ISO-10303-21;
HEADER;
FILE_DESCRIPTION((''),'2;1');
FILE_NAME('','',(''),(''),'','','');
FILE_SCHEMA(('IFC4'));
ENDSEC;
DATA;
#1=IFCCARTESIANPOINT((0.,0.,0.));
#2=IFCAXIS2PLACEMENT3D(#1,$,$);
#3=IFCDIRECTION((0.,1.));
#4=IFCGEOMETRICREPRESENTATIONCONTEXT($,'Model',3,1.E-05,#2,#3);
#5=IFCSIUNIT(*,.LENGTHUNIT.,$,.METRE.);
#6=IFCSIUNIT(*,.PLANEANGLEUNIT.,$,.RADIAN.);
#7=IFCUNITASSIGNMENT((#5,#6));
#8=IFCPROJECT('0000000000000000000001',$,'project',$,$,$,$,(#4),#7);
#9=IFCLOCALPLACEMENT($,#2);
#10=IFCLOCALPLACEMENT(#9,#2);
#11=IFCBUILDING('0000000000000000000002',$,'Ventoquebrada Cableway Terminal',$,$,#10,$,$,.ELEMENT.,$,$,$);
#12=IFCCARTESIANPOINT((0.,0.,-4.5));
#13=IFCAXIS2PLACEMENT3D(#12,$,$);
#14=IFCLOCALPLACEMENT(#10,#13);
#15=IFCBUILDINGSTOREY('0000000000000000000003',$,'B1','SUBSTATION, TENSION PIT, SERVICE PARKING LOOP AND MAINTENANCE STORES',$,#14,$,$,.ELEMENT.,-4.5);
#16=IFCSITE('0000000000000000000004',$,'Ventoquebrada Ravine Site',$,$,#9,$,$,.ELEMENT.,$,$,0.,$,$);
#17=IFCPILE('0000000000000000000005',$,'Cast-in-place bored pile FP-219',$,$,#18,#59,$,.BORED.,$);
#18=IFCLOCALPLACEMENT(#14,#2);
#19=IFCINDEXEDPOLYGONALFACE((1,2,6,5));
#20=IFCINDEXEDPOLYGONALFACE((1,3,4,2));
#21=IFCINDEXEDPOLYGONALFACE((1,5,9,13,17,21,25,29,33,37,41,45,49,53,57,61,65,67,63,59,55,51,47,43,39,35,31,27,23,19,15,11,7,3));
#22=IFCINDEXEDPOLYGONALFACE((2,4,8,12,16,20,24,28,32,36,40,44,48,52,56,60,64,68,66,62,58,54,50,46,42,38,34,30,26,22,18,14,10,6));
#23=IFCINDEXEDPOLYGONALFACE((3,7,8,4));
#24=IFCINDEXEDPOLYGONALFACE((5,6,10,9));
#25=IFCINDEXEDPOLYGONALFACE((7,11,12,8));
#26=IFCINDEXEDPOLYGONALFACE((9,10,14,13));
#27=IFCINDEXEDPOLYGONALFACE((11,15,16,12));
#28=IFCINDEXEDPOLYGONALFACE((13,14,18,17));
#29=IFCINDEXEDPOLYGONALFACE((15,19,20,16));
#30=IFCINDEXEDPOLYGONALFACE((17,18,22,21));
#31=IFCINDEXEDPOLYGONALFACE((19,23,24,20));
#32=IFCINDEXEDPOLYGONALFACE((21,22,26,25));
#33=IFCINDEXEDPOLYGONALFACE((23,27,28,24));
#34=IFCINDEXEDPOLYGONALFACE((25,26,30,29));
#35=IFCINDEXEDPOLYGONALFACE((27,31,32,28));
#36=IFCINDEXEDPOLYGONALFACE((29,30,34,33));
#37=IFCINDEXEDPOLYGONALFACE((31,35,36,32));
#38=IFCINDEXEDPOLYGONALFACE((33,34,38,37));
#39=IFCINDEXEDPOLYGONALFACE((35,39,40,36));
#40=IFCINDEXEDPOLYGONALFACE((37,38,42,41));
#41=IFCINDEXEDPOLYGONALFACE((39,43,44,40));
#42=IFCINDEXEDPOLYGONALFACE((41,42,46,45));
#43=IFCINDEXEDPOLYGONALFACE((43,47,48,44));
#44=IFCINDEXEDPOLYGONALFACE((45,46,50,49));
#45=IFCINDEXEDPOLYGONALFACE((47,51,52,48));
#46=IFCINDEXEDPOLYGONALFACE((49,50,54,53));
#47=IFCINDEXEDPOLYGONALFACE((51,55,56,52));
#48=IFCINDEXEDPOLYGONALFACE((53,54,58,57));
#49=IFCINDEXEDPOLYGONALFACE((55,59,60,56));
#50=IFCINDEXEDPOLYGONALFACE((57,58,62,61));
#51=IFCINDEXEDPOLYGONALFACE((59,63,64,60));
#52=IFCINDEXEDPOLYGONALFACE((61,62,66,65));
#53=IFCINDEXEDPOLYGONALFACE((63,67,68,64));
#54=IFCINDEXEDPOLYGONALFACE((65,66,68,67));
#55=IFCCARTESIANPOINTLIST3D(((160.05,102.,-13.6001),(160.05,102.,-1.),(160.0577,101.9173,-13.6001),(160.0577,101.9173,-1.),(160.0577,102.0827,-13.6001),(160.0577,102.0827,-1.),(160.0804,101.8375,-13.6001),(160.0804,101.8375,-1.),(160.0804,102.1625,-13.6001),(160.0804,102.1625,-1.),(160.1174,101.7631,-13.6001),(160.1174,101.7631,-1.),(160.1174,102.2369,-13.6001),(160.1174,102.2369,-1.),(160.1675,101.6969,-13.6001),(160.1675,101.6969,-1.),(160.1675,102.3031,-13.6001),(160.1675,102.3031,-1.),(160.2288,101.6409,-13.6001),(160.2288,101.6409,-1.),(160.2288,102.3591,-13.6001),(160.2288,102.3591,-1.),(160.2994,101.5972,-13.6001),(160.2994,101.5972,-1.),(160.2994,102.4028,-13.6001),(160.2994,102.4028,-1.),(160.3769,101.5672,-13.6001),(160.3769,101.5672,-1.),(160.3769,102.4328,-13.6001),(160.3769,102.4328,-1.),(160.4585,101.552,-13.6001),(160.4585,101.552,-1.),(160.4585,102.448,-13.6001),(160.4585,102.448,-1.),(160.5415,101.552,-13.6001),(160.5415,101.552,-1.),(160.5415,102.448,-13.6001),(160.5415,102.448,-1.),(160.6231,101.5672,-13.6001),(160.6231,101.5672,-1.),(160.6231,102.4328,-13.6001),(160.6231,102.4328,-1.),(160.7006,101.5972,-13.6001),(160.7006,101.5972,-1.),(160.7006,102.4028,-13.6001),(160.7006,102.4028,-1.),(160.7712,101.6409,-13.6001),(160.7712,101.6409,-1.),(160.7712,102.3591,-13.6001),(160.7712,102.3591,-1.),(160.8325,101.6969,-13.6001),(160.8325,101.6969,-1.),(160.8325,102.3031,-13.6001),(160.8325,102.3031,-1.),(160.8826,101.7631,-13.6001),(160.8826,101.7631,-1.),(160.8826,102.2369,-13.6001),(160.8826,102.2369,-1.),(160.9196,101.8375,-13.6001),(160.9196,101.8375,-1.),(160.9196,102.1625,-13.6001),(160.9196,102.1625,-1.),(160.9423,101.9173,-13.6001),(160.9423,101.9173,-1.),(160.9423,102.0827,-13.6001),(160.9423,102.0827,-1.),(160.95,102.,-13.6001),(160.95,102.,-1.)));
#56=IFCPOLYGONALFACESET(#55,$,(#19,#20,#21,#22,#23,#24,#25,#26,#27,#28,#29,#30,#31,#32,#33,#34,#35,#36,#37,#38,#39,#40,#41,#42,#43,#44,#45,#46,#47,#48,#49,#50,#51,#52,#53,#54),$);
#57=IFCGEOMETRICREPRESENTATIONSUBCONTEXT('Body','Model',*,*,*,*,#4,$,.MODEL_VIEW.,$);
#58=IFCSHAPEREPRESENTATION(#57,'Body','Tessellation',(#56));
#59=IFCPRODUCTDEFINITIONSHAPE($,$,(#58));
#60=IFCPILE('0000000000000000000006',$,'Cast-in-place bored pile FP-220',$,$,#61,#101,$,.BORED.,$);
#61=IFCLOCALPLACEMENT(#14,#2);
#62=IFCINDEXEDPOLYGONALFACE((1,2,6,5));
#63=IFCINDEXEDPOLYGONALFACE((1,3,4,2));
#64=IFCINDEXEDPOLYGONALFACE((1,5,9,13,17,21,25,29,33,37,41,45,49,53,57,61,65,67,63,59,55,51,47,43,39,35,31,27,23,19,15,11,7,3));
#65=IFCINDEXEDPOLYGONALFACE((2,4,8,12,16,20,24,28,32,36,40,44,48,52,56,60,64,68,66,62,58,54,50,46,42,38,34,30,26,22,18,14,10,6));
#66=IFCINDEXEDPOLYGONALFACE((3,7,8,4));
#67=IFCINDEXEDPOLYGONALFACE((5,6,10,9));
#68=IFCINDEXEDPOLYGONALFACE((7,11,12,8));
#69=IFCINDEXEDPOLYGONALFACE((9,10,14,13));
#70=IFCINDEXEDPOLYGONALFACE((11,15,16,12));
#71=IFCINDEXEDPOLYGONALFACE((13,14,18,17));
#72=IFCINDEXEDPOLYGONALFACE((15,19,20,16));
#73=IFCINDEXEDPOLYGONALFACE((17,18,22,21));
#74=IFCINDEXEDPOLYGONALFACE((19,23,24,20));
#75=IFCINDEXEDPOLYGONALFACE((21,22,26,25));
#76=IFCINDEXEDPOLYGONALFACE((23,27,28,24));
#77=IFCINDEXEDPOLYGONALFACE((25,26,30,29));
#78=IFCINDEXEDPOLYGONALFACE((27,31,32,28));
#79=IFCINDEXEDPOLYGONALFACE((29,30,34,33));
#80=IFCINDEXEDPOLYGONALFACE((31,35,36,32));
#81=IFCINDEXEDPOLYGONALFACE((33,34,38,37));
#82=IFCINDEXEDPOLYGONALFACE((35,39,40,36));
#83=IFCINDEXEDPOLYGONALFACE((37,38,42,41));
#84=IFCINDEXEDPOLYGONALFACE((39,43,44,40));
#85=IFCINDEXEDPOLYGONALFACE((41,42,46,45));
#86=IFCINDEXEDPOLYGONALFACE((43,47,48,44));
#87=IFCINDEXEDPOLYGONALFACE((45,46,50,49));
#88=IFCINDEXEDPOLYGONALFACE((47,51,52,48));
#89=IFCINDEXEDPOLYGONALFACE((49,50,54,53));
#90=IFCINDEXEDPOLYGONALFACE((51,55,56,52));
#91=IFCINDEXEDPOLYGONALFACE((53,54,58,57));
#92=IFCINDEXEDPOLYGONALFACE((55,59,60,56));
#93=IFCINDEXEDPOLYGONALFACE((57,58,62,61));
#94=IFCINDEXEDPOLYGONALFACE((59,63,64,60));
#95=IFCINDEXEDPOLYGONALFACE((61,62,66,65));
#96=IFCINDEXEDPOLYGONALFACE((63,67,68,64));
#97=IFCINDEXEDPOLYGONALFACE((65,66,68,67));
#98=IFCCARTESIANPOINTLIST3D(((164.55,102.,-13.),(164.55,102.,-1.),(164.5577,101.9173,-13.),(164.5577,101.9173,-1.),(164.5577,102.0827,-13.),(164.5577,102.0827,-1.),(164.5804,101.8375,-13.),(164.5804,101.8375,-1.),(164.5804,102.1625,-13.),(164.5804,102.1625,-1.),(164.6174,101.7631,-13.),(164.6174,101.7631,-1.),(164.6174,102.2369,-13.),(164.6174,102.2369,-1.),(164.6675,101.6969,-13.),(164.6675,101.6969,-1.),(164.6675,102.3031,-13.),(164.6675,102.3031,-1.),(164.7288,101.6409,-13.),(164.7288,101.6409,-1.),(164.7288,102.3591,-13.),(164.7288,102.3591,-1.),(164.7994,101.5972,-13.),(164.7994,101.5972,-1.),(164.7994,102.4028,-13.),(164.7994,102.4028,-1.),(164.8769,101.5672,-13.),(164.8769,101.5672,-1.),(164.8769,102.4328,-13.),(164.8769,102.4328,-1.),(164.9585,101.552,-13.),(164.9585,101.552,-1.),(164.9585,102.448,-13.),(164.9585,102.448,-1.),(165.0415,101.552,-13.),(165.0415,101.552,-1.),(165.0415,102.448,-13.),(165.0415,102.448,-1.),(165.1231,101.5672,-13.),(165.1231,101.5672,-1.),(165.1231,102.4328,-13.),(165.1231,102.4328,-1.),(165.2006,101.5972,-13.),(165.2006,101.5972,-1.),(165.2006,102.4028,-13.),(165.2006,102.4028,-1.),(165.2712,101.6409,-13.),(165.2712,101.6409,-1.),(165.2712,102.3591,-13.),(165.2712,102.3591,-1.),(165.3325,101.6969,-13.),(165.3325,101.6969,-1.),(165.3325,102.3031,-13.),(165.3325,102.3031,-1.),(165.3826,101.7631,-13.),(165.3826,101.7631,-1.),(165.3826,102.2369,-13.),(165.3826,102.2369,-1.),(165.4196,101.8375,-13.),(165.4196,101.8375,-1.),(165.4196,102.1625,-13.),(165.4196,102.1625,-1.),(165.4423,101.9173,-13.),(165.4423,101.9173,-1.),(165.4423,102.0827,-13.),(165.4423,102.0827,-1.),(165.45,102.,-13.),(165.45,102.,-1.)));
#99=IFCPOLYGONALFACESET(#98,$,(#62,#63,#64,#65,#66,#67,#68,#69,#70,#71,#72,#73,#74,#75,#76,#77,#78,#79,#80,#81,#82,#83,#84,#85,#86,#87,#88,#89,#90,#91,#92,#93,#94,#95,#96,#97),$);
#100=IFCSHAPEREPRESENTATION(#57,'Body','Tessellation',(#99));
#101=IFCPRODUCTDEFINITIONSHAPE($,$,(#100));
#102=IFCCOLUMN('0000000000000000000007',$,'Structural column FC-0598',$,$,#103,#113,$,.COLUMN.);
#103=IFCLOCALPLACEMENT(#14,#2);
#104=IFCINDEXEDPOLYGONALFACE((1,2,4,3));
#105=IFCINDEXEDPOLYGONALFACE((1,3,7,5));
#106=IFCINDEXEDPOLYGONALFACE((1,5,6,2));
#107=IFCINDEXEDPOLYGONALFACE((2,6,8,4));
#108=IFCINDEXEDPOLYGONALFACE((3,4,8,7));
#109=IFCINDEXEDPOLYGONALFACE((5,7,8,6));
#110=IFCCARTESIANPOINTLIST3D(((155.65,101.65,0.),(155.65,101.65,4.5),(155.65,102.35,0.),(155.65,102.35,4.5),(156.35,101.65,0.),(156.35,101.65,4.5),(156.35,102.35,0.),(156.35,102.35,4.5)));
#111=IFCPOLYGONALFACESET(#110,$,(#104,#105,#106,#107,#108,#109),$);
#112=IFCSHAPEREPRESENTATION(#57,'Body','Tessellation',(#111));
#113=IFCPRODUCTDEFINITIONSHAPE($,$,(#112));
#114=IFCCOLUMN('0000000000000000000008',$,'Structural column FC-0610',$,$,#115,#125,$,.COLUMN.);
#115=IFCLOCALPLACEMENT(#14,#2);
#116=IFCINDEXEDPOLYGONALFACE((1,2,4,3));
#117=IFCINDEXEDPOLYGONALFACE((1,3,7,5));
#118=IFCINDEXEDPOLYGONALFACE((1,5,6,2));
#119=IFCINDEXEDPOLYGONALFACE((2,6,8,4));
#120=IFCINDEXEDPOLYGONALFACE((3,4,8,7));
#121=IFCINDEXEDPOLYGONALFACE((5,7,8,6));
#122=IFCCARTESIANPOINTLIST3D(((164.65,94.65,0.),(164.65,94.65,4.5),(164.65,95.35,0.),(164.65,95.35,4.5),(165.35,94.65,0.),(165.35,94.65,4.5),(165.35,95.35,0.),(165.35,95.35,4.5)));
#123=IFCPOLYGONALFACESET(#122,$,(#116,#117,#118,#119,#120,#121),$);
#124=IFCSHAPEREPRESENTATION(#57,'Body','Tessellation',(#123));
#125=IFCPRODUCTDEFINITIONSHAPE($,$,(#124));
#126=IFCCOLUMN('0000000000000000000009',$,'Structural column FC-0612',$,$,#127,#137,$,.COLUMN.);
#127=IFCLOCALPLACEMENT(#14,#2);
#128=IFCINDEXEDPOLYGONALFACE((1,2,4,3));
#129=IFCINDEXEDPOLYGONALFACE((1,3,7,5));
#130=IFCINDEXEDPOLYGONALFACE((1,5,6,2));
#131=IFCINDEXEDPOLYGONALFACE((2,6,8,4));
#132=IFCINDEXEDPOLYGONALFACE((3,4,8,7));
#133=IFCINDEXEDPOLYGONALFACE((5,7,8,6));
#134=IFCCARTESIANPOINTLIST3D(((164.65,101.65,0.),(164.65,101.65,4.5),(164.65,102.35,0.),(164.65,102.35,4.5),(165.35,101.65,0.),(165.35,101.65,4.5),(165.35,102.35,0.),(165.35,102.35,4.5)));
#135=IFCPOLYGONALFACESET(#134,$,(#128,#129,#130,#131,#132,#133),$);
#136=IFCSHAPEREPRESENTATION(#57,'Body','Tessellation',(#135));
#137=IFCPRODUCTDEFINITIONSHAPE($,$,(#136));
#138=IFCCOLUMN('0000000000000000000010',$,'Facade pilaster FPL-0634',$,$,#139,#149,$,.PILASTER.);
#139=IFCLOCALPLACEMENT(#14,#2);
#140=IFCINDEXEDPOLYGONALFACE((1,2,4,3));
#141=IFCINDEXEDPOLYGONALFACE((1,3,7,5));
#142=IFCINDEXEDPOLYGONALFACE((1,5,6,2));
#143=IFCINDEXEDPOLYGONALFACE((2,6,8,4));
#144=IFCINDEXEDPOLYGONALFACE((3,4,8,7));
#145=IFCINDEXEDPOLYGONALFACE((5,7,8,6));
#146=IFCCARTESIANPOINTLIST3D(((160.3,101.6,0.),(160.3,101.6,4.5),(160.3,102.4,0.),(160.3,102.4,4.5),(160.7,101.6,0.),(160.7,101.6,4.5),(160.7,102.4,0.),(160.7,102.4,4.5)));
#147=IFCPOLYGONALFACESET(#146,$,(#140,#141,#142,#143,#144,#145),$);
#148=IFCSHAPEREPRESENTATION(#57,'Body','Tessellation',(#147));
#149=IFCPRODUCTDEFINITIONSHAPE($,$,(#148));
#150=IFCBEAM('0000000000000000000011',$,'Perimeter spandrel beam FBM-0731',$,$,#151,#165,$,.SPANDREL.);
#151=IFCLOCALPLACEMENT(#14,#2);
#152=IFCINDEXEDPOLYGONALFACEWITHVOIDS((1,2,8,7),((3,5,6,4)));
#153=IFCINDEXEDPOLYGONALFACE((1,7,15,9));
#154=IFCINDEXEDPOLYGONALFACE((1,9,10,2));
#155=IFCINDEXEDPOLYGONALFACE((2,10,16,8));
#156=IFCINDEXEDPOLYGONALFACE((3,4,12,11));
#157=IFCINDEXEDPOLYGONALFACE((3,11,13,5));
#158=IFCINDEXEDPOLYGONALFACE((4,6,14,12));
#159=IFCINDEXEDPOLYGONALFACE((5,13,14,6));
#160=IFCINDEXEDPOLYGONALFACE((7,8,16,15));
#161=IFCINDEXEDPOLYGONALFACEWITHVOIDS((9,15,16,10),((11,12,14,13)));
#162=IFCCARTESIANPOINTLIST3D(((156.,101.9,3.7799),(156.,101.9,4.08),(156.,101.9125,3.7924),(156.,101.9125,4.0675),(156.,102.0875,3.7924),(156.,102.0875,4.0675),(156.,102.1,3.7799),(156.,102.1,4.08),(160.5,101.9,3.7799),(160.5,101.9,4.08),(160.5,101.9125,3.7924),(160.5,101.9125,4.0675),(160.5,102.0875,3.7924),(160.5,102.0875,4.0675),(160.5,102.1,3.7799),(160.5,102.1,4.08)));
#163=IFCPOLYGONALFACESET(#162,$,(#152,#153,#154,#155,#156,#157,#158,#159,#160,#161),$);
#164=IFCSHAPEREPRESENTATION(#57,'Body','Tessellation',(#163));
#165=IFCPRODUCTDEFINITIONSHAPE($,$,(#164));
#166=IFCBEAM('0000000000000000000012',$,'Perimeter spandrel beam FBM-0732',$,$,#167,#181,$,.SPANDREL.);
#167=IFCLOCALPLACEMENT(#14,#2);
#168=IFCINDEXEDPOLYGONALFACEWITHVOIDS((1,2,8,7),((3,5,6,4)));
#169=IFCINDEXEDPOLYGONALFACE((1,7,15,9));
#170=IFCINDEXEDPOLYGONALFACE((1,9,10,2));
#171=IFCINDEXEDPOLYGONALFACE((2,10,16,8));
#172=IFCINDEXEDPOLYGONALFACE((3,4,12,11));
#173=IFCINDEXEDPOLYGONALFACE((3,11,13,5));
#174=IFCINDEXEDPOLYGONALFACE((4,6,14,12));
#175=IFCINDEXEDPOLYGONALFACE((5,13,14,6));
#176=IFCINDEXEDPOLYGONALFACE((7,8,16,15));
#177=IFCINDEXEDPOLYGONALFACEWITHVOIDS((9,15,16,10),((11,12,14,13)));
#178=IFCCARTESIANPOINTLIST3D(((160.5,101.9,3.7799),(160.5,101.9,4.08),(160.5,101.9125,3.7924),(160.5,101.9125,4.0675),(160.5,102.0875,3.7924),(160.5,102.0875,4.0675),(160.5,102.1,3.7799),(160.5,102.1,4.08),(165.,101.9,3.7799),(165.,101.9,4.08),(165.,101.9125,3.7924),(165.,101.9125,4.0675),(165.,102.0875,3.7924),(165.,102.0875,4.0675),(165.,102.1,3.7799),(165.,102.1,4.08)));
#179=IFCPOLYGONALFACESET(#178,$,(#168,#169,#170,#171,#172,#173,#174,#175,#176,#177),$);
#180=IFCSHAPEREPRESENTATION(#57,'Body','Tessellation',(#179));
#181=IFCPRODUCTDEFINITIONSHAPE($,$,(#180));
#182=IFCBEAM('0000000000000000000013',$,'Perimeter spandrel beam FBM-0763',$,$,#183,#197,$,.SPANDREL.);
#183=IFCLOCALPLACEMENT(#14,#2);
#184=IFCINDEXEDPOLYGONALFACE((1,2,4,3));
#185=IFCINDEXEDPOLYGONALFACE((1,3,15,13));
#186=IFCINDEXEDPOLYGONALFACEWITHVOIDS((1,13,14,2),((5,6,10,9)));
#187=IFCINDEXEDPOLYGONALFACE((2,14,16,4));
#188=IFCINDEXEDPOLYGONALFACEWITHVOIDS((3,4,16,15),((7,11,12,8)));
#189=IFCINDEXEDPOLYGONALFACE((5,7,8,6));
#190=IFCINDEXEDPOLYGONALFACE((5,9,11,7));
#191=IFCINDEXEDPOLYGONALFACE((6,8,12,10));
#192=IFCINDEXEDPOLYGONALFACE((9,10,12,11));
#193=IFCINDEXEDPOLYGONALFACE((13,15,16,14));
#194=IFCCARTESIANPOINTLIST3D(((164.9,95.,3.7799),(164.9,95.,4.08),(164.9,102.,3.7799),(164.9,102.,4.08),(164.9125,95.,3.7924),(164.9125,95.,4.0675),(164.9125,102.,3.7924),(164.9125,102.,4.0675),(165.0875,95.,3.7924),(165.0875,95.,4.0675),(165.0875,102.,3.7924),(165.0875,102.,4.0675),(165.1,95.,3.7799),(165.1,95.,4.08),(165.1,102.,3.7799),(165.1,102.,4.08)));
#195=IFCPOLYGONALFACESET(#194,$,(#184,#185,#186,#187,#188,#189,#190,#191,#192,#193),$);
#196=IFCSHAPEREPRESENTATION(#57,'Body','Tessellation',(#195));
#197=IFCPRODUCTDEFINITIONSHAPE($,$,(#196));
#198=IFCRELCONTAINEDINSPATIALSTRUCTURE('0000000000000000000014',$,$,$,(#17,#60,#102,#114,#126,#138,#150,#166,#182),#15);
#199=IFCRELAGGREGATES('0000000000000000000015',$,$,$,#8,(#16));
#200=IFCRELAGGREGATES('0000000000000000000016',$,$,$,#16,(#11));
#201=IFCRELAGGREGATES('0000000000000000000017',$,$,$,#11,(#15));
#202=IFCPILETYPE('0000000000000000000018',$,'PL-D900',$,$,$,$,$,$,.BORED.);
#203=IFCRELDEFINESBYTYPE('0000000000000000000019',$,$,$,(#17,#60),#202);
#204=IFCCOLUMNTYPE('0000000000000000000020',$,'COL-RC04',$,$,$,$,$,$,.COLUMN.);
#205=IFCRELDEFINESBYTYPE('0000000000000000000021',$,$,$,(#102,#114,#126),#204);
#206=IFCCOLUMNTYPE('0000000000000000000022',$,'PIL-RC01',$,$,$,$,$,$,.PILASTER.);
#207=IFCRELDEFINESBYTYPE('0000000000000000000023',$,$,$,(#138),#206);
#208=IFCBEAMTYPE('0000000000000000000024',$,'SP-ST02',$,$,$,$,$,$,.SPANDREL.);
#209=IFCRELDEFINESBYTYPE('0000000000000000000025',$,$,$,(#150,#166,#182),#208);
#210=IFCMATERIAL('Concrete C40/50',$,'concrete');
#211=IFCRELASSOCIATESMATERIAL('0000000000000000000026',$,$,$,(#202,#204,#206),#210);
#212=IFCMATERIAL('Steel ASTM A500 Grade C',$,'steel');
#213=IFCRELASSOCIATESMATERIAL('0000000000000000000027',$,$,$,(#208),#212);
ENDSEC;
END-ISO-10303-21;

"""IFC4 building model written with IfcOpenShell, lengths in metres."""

from ifc_helpers import new_model, si_unit, direction, frame, origin, origin_2d, place, context, subcontext, project, spatial, rectangle, hollow_rectangle, circle, extrude, material, material_profile, profile_set, type_object, element, save


model = new_model("IFC4")

# Units and contexts
model_context = context("Model", 3, precision=1e-05, world=origin(), true_north=direction((0.0, 1.0)))
body_context = subcontext(model_context, "Body", "Model", "MODEL_VIEW")
ifc_project = project(units=[si_unit("LENGTHUNIT", "METRE"), si_unit("PLANEANGLEUNIT", "RADIAN")], contexts=[model_context])

# Site, building, storey
site_placement = place(None, origin())
site = spatial("IfcSite", under=ifc_project, at=site_placement, Name="Ventoquebrada Ravine Site", CompositionType="ELEMENT", RefElevation=0.0)
building_placement = place(site_placement, origin())
building = spatial("IfcBuilding", under=site, at=building_placement, Name="Ventoquebrada Cableway Terminal", CompositionType="ELEMENT")
storey_placement = place(building_placement, frame((0.0, 0.0, -4.5)))
storey = spatial("IfcBuildingStorey", under=building, at=storey_placement, Name="B1", Description="SUBSTATION, TENSION PIT, SERVICE PARKING LOOP AND MAINTENANCE STORES", CompositionType="ELEMENT", Elevation=-4.5)

# Shared definitions
ifc_material_1 = material(Name="Concrete C40/50", Category="concrete")

# Piles
ifc_material_profile_1 = material_profile(ifc_material_1, circle(Radius=0.45, at=origin_2d()), Name="PILE-D900")
ifc_profile_set_1 = profile_set([ifc_material_profile_1], Name="Concrete C40/50")
pile_type = type_object("IfcPileType", Name="PL-D900", PredefinedType="BORED", material=ifc_profile_set_1)
pile_1_placement = place(storey_placement, frame((160.5, 102.0, -1.0), z_axis=(0.0, 0.0, -1.0), x_axis=(1.0, 0.0, 0.0)))
element("IfcPile", 1, at=pile_1_placement, inside=storey, type_object=pile_type, Name="Cast-in-place bored pile FP-219", PredefinedType="BORED", context=body_context, shape_type="SweptSolid", body=[
    extrude(circle(Radius=0.45, at=origin_2d()), origin(), (0.0, 0.0, 1.0), 12.6001),
])
pile_2_placement = place(storey_placement, frame((165.0, 102.0, -1.0), z_axis=(0.0, 0.0, -1.0), x_axis=(1.0, 0.0, 0.0)))
element("IfcPile", 2, at=pile_2_placement, inside=storey, type_object=pile_type, Name="Cast-in-place bored pile FP-220", PredefinedType="BORED", context=body_context, shape_type="SweptSolid", body=[
    extrude(circle(Radius=0.45, at=origin_2d()), origin(), (0.0, 0.0, 1.0), 12.0),
])

# Columns
ifc_material_profile_2 = material_profile(ifc_material_1, rectangle(XDim=0.7, YDim=0.7, at=origin_2d()), Name="RC-COL-700X700")
ifc_profile_set_2 = profile_set([ifc_material_profile_2], Name="Concrete C40/50")
column_type_1 = type_object("IfcColumnType", Name="COL-RC04", PredefinedType="COLUMN", material=ifc_profile_set_2)
for number, where, z_axis, x_axis, name in (
    (3, (156.0, 102.0, 0.0), (0.0, 0.0, 1.0), (1.0, 0.0, 0.0), "Structural column FC-0598"),
    (4, (165.0, 95.0, 0.0), (0.0, 0.0, 1.0), (1.0, 0.0, 0.0), "Structural column FC-0610"),
    (5, (165.0, 102.0, 0.0), (0.0, 0.0, 1.0), (1.0, 0.0, 0.0), "Structural column FC-0612"),
):
    element("IfcColumn", number, at=place(storey_placement, frame(where, z_axis=z_axis, x_axis=x_axis)), inside=storey, type_object=column_type_1, Name=name, PredefinedType="COLUMN", context=body_context, shape_type="SweptSolid", body=[
        extrude(rectangle(XDim=0.7, YDim=0.7, at=origin_2d()), origin(), (0.0, 0.0, 1.0), 4.5),
    ])
ifc_material_profile_3 = material_profile(ifc_material_1, rectangle(XDim=0.3999, YDim=0.8, at=origin_2d()), Name="RC-PIL-400X800")
ifc_profile_set_3 = profile_set([ifc_material_profile_3], Name="Concrete C40/50")
column_type_2 = type_object("IfcColumnType", Name="PIL-RC01", PredefinedType="PILASTER", material=ifc_profile_set_3)
column_placement = place(storey_placement, frame((160.5, 102.0, 0.0), z_axis=(0.0, 0.0, 1.0), x_axis=(1.0, 0.0, 0.0)))
element("IfcColumn", 6, at=column_placement, inside=storey, type_object=column_type_2, Name="Facade pilaster FPL-0634", PredefinedType="PILASTER", context=body_context, shape_type="SweptSolid", body=[
    extrude(rectangle(XDim=0.3999, YDim=0.8, at=origin_2d()), origin(), (0.0, 0.0, 1.0), 4.5),
])

# Beams
ifc_material_2 = material(Name="Steel ASTM A500 Grade C", Category="steel")
ifc_material_profile_4 = material_profile(ifc_material_2, hollow_rectangle(XDim=0.2, YDim=0.3, WallThickness=0.0125, at=origin_2d()), Name="RHS300X200X12.5")
ifc_profile_set_4 = profile_set([ifc_material_profile_4], Name="Steel ASTM A500 Grade C")
beam_type = type_object("IfcBeamType", Name="SP-ST02", PredefinedType="SPANDREL", material=ifc_profile_set_4)
for number, where, z_axis, x_axis, name in (
    (7, (156.0, 102.0, 3.9299), (1.0, 0.0, 0.0), (0.0, 1.0, 0.0), "Perimeter spandrel beam FBM-0731"),
    (8, (160.5, 102.0, 3.9299), (1.0, 0.0, 0.0), (0.0, 1.0, 0.0), "Perimeter spandrel beam FBM-0732"),
):
    element("IfcBeam", number, at=place(storey_placement, frame(where, z_axis=z_axis, x_axis=x_axis)), inside=storey, type_object=beam_type, Name=name, PredefinedType="SPANDREL", context=body_context, shape_type="SweptSolid", body=[
        extrude(hollow_rectangle(XDim=0.2, YDim=0.3, WallThickness=0.0125, at=origin_2d()), origin(), (0.0, 0.0, 1.0), 4.5),
    ])
beam_placement = place(storey_placement, frame((165.0, 95.0, 3.9299), z_axis=(0.0, 1.0, 0.0), x_axis=(-1.0, 0.0, 0.0)))
element("IfcBeam", 9, at=beam_placement, inside=storey, type_object=beam_type, Name="Perimeter spandrel beam FBM-0763", PredefinedType="SPANDREL", context=body_context, shape_type="SweptSolid", body=[
    extrude(hollow_rectangle(XDim=0.2, YDim=0.3, WallThickness=0.0125, at=origin_2d()), origin(), (0.0, 0.0, 1.0), 7.0),
])

save(model, "model.ifc")
